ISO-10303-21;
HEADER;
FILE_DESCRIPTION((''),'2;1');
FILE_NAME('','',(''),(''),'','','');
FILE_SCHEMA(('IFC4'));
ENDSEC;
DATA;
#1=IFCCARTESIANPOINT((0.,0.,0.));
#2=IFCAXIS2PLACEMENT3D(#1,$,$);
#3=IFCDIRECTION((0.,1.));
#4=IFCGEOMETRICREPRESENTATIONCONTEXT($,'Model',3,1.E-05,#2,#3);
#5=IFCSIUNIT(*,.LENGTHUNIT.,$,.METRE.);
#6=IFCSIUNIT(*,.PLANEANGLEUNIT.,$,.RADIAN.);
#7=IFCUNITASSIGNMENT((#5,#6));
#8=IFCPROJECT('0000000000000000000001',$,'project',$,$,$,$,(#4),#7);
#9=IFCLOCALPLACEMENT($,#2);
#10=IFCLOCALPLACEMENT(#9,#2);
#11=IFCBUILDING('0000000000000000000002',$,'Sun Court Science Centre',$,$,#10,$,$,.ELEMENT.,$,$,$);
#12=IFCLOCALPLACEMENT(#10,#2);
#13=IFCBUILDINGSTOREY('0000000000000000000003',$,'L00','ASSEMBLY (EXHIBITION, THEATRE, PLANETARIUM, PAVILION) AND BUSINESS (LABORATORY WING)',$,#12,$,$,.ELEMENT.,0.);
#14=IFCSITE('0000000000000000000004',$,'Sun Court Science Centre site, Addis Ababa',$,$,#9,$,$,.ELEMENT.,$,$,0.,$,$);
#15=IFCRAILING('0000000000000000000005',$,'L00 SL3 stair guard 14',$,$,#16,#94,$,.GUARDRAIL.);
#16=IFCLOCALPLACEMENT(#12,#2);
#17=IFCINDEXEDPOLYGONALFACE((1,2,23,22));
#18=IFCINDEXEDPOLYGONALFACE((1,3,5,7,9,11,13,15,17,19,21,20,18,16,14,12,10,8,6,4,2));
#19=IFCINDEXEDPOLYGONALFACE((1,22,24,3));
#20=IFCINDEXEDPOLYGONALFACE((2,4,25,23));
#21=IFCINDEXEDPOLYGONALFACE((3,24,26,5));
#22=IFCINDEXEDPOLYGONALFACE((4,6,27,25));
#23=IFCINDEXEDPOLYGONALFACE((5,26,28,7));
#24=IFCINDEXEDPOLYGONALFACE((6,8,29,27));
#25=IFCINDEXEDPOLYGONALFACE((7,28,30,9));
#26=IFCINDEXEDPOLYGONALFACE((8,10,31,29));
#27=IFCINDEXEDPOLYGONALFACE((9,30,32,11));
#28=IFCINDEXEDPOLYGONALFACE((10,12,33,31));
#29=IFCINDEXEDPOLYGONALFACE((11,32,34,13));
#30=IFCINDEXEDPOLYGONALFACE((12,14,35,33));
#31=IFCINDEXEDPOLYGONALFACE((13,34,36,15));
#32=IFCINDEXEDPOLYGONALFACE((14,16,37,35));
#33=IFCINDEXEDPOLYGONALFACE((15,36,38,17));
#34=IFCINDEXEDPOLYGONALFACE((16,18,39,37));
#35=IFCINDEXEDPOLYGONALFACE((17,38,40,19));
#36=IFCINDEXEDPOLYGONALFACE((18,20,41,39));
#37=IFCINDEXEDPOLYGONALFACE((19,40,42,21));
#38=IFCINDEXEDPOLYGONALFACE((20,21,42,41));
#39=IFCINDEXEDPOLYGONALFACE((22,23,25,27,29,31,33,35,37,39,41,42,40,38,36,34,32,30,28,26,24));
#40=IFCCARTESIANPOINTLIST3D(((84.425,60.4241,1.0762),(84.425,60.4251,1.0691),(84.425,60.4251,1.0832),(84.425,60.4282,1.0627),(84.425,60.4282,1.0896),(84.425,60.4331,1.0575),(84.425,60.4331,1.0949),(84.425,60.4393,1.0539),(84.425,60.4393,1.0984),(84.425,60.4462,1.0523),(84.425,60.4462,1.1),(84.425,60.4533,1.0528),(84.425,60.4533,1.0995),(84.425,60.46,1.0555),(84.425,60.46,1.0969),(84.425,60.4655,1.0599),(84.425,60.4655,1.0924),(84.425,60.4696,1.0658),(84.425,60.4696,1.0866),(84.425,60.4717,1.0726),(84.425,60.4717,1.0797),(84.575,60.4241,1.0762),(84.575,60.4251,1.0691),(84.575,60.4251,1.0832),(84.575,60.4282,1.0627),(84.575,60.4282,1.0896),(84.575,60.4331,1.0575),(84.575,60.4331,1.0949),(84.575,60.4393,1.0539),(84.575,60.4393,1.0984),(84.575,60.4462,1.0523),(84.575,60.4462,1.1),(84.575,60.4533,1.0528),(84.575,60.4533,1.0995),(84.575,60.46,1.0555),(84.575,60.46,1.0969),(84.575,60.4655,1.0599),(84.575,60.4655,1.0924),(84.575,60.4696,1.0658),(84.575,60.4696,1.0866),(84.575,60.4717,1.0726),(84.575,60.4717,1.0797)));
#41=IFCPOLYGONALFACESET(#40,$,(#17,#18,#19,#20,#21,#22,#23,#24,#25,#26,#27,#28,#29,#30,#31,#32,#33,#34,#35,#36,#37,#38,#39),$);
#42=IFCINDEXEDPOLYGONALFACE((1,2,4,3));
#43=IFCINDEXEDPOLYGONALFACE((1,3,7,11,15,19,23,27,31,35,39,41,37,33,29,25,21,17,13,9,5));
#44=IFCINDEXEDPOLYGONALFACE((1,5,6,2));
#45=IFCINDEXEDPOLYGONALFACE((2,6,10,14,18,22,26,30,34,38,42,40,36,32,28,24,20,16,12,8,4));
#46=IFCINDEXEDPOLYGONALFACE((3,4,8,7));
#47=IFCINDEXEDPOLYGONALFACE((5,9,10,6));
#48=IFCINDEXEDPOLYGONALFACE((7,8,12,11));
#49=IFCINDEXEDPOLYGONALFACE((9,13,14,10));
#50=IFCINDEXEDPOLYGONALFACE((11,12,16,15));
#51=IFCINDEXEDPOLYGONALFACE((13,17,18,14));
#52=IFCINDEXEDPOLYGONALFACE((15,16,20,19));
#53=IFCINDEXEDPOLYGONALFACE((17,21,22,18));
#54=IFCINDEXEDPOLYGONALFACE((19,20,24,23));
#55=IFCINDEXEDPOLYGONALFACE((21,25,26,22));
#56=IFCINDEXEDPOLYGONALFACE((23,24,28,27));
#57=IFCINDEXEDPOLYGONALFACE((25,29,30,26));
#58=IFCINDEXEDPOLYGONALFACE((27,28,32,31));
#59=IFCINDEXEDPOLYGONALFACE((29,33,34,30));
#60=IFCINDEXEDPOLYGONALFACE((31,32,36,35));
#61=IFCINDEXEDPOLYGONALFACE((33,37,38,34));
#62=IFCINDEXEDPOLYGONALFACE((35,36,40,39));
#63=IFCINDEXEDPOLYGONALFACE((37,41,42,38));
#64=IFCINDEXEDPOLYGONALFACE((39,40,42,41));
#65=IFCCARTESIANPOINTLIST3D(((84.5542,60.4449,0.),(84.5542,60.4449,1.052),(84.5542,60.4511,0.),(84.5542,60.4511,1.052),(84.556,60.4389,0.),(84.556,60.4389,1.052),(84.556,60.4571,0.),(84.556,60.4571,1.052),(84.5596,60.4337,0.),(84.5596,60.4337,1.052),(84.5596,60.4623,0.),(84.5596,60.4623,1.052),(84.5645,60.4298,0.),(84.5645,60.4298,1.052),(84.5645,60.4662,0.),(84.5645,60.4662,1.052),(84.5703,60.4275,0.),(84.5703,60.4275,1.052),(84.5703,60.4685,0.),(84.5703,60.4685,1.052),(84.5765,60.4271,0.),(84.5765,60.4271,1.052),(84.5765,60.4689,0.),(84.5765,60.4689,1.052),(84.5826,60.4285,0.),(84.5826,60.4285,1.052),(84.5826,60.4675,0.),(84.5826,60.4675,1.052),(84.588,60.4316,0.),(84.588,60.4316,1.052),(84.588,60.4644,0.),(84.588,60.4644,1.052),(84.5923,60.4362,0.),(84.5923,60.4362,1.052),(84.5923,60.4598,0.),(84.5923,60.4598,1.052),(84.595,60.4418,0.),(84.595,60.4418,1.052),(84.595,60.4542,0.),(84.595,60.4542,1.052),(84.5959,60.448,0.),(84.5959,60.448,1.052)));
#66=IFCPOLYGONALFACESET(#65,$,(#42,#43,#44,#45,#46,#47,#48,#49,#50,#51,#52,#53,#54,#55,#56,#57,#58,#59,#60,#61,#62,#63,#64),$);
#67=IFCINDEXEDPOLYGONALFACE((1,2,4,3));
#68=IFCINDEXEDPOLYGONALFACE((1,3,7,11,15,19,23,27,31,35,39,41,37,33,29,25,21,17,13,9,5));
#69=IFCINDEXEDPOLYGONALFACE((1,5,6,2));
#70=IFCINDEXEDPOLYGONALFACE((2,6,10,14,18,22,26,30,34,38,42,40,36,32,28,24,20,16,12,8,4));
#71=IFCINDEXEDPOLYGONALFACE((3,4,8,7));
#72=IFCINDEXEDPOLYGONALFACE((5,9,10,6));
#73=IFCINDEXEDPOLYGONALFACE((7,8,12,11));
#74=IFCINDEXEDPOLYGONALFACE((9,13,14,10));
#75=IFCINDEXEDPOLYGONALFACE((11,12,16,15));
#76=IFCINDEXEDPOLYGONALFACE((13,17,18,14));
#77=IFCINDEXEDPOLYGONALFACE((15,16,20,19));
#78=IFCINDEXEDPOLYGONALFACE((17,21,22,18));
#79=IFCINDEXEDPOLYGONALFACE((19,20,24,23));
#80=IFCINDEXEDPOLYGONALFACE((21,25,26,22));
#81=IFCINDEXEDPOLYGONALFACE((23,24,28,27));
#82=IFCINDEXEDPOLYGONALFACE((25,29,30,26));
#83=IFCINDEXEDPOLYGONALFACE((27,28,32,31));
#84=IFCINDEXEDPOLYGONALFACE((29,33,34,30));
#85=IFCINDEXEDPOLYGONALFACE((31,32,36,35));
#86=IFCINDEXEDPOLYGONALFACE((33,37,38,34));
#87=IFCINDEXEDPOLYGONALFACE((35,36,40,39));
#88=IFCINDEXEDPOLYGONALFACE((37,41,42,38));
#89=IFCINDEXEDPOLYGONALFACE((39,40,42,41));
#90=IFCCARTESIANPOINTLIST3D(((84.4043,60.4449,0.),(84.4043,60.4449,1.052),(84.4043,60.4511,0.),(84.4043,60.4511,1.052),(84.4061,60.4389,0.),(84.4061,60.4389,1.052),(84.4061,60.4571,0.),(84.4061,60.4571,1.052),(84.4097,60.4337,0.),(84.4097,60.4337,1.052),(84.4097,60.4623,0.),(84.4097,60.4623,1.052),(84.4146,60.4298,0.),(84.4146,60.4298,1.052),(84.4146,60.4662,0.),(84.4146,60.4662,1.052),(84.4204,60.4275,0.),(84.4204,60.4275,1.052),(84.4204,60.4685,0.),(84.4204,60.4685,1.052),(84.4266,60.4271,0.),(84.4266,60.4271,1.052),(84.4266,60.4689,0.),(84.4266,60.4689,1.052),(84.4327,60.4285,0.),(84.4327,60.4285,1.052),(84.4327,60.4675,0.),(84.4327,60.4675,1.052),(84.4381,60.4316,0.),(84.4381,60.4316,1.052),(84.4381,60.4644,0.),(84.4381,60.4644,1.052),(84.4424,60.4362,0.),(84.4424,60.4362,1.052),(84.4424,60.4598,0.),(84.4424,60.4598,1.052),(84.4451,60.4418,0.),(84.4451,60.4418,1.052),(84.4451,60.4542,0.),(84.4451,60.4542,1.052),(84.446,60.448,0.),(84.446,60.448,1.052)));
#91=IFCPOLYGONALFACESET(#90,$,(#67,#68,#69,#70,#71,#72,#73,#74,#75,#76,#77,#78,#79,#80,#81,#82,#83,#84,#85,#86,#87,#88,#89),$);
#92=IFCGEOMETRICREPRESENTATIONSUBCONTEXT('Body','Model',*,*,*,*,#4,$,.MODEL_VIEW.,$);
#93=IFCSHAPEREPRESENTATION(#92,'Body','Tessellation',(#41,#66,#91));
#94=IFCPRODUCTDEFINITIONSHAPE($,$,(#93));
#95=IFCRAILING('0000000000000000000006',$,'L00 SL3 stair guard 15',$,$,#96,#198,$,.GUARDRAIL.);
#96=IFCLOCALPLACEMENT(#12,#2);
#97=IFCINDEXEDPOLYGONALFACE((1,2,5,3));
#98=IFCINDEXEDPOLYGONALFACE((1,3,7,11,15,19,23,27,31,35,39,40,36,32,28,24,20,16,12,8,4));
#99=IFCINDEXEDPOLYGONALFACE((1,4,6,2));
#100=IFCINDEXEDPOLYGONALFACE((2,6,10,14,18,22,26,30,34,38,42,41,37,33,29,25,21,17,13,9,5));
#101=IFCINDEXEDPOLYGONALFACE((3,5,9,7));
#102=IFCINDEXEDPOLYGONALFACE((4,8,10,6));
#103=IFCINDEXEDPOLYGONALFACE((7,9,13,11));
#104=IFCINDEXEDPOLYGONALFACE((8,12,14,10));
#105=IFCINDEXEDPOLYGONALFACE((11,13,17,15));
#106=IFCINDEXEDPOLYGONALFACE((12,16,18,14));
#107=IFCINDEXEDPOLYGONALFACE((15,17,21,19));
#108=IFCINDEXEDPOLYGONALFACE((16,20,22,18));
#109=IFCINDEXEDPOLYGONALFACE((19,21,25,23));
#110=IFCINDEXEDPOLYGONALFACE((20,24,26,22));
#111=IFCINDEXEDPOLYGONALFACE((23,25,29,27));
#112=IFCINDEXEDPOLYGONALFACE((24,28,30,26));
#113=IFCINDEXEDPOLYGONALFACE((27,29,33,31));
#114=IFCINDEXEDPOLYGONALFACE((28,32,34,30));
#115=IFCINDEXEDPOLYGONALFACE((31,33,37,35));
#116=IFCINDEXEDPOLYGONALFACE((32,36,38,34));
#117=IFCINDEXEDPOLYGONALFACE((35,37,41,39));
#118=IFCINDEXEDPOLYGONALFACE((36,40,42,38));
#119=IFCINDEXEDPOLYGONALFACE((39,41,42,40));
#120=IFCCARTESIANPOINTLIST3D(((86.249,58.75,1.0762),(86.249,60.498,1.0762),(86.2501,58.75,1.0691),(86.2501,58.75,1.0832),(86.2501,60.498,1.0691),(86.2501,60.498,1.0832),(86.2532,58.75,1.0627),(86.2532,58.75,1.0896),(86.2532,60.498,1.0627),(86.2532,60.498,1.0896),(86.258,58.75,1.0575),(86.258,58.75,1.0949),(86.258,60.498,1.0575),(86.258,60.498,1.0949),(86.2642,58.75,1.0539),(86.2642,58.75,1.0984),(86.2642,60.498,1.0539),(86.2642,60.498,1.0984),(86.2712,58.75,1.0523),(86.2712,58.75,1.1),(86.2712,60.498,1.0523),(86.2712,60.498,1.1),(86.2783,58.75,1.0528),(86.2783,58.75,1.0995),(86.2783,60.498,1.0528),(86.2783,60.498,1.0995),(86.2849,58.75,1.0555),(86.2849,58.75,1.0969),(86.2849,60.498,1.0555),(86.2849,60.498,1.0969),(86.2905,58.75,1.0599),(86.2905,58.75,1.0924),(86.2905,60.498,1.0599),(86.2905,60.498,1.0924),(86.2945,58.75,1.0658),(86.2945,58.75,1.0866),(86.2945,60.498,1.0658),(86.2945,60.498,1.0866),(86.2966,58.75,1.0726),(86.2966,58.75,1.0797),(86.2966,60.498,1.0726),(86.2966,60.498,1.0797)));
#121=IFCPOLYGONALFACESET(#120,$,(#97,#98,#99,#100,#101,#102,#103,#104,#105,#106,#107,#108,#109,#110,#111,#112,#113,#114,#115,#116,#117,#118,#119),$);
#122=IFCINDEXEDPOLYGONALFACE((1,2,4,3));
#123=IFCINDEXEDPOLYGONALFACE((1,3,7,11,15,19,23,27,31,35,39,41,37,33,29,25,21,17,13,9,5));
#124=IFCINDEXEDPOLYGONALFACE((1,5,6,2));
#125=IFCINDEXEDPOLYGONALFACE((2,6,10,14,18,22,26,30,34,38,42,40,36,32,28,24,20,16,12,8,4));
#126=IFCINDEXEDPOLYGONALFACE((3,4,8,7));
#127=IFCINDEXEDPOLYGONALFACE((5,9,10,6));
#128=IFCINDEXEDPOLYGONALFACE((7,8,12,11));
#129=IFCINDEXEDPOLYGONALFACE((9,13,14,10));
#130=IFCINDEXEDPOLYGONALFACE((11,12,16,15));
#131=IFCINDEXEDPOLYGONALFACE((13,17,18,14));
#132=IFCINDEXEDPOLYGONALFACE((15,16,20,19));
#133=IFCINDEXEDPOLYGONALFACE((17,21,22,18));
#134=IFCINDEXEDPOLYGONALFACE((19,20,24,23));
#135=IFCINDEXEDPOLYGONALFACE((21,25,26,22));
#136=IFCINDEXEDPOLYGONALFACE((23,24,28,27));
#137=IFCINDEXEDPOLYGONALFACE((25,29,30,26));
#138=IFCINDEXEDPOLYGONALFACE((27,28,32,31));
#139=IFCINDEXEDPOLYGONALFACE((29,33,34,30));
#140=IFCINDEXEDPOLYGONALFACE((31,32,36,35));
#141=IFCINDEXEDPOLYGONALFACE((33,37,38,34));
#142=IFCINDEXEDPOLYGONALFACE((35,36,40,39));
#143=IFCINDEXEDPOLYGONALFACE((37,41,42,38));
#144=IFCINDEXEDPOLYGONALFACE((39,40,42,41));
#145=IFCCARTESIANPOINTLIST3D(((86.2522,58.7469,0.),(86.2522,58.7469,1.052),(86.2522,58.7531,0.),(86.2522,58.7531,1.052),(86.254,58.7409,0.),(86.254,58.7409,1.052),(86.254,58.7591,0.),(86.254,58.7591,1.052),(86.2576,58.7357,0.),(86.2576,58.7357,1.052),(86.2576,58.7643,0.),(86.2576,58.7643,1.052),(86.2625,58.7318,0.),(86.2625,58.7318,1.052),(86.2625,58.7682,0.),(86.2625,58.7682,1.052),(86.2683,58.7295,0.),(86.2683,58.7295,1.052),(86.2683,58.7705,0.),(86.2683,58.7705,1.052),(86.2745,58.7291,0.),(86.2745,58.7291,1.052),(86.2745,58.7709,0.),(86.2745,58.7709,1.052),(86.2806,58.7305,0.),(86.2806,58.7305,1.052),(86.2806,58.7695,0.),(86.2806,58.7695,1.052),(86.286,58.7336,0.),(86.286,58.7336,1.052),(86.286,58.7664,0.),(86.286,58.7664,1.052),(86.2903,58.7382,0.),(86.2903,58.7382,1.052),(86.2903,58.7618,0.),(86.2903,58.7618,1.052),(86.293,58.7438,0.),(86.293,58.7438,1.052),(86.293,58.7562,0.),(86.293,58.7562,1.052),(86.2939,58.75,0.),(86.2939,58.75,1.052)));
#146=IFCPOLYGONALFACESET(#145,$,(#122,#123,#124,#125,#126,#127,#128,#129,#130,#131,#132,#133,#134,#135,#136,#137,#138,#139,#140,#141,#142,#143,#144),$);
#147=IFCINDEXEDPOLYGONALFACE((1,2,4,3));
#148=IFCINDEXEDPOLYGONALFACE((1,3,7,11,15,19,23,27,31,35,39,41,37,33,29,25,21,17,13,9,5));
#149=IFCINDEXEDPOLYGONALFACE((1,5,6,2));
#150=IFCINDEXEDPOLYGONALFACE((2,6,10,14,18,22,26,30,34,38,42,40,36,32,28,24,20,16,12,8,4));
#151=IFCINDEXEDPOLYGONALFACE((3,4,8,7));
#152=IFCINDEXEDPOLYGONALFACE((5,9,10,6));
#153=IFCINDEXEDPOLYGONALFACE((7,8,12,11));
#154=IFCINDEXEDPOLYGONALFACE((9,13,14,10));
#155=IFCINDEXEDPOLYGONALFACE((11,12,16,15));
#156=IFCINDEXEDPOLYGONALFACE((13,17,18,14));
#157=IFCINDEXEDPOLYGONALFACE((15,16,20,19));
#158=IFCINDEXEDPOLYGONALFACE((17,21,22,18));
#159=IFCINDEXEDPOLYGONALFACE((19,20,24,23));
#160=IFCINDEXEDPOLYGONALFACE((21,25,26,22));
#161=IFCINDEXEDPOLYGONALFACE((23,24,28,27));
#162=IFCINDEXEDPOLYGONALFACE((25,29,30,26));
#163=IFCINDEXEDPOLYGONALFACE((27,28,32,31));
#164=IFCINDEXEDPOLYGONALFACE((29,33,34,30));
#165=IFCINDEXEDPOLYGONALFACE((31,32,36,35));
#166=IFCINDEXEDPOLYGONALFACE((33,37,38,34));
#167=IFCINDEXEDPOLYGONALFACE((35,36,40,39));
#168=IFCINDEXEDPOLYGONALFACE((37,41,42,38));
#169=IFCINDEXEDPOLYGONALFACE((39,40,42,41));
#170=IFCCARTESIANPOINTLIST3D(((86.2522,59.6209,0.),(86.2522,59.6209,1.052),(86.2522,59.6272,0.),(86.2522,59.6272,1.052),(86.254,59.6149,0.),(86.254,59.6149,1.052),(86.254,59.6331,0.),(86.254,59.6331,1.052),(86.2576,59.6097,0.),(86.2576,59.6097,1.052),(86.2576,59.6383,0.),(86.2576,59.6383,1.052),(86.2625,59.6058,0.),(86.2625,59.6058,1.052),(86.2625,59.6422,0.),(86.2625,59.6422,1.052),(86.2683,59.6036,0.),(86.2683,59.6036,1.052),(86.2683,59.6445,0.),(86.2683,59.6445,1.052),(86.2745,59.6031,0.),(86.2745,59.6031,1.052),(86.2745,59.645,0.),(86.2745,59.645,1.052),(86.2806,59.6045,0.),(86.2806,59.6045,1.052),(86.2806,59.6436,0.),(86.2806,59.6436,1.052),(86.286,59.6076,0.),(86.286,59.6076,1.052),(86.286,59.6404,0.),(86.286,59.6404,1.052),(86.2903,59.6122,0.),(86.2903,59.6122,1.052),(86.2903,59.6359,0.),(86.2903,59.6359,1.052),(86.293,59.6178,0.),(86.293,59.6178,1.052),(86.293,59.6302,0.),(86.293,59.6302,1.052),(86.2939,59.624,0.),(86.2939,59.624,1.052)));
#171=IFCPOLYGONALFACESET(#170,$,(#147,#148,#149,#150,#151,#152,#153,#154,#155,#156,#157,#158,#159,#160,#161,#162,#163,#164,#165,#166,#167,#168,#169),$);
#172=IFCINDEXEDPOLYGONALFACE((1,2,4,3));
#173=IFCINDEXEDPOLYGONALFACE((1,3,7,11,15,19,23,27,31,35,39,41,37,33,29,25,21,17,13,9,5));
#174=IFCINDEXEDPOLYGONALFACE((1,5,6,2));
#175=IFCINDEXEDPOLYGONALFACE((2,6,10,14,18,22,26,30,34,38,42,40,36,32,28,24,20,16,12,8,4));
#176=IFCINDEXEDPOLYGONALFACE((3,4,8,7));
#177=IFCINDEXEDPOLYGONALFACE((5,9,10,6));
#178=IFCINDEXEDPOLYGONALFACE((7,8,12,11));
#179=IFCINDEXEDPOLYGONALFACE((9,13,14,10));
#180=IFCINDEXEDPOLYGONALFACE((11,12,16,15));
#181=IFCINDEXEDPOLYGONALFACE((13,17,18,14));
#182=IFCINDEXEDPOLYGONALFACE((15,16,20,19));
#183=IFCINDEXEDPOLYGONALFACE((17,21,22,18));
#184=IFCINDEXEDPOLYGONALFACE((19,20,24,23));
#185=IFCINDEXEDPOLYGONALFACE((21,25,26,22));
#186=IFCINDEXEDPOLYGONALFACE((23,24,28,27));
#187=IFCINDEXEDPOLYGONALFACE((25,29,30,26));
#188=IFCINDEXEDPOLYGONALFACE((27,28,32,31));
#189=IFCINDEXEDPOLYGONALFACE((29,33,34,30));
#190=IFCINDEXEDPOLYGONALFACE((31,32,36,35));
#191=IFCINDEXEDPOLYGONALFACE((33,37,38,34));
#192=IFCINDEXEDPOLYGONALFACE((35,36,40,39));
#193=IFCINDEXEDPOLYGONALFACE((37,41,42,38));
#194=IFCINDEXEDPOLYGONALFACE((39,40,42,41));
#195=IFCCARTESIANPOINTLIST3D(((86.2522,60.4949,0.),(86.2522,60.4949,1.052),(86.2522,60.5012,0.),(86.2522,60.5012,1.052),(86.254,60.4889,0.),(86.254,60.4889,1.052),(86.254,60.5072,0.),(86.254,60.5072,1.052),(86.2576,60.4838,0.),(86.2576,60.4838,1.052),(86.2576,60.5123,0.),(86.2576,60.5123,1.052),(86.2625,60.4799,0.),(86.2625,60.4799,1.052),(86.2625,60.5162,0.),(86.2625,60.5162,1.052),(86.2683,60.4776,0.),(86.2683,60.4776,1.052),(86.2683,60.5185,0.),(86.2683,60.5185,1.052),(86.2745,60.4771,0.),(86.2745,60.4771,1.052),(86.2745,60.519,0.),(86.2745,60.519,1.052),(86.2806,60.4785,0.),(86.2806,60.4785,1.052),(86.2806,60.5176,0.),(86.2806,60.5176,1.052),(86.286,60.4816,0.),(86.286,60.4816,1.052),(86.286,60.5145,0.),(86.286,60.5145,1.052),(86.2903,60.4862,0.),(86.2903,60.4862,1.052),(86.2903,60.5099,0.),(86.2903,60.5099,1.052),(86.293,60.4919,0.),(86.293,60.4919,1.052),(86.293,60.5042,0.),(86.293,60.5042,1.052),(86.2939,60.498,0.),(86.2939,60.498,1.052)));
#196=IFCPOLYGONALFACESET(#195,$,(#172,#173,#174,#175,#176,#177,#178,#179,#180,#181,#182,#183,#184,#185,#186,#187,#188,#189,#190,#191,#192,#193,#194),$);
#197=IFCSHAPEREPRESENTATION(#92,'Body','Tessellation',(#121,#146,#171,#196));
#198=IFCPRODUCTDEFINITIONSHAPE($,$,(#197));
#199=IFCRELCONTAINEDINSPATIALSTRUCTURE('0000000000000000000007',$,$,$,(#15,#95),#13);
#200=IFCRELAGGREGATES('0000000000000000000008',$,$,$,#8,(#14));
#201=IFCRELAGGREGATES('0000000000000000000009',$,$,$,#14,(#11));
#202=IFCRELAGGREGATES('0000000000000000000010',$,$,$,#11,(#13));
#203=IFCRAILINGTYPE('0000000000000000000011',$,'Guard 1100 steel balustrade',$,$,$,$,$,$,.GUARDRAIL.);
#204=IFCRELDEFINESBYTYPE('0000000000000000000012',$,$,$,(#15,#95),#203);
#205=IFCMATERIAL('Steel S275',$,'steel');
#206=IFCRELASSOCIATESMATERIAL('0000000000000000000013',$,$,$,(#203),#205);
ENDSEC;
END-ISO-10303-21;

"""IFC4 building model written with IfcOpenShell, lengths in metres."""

from ifc_helpers import new_model, si_unit, direction, frame, origin, origin_2d, place, context, subcontext, project, spatial, circle, extrude, material, type_object, element, save


model = new_model("IFC4")

# Units and contexts
model_context = context("Model", 3, precision=1e-05, world=origin(), true_north=direction((0.0, 1.0)))
body_context = subcontext(model_context, "Body", "Model", "MODEL_VIEW")
ifc_project = project(units=[si_unit("LENGTHUNIT", "METRE"), si_unit("PLANEANGLEUNIT", "RADIAN")], contexts=[model_context])

# Site, building, storey
site_placement = place(None, origin())
site = spatial("IfcSite", under=ifc_project, at=site_placement, Name="Sun Court Science Centre site, Addis Ababa", CompositionType="ELEMENT", RefElevation=0.0)
building_placement = place(site_placement, origin())
building = spatial("IfcBuilding", under=site, at=building_placement, Name="Sun Court Science Centre", CompositionType="ELEMENT")
storey_placement = place(building_placement, origin())
storey = spatial("IfcBuildingStorey", under=building, at=storey_placement, Name="L00", Description="ASSEMBLY (EXHIBITION, THEATRE, PLANETARIUM, PAVILION) AND BUSINESS (LABORATORY WING)", CompositionType="ELEMENT", Elevation=0.0)

# Railings
ifc_material_1 = material(Name="Steel S275", Category="steel")
railing_type_1 = type_object("IfcRailingType", Name="Guard 1100 steel balustrade", PredefinedType="GUARDRAIL", material=ifc_material_1)
railing_1_placement = place(storey_placement, frame((84.575, 60.448, 0.0)))
element("IfcRailing", 1, at=railing_1_placement, inside=storey, type_object=railing_type_1, Name="L00 SL3 stair guard 14", PredefinedType="GUARDRAIL", context=body_context, shape_type="SweptSolid", body=[
    extrude(circle(Radius=0.0239, at=origin_2d()), frame((0.0, 0.0, 1.0762), z_axis=(-1.0, 0.0, 0.0), x_axis=(0.0, -1.0, 0.0)), (0.0, 0.0, 1.0), 0.1499),
    extrude(circle(Radius=0.021, at=origin_2d()), origin(), (0.0, 0.0, 1.0), 1.052),
    extrude(circle(Radius=0.021, at=origin_2d()), frame((-0.1499, 0.0, 0.0)), (0.0, 0.0, 1.0), 1.052),
])
railing_2_placement = place(storey_placement, frame((86.2729, 58.75, 0.0)))
element("IfcRailing", 2, at=railing_2_placement, inside=storey, type_object=railing_type_1, Name="L00 SL3 stair guard 15", PredefinedType="GUARDRAIL", context=body_context, shape_type="SweptSolid", body=[
    extrude(circle(Radius=0.0239, at=origin_2d()), frame((0.0, 0.0, 1.0762), z_axis=(0.0, 1.0, 0.0), x_axis=(-1.0, 0.0, 0.0)), (0.0, 0.0, 1.0), 1.748),
    extrude(circle(Radius=0.021, at=origin_2d()), origin(), (0.0, 0.0, 1.0), 1.052),
    extrude(circle(Radius=0.021, at=origin_2d()), frame((0.0, 0.874, 0.0)), (0.0, 0.0, 1.0), 1.052),
    extrude(circle(Radius=0.021, at=origin_2d()), frame((0.0, 1.748, 0.0)), (0.0, 0.0, 1.0), 1.052),
])

save(model, "model.ifc")
